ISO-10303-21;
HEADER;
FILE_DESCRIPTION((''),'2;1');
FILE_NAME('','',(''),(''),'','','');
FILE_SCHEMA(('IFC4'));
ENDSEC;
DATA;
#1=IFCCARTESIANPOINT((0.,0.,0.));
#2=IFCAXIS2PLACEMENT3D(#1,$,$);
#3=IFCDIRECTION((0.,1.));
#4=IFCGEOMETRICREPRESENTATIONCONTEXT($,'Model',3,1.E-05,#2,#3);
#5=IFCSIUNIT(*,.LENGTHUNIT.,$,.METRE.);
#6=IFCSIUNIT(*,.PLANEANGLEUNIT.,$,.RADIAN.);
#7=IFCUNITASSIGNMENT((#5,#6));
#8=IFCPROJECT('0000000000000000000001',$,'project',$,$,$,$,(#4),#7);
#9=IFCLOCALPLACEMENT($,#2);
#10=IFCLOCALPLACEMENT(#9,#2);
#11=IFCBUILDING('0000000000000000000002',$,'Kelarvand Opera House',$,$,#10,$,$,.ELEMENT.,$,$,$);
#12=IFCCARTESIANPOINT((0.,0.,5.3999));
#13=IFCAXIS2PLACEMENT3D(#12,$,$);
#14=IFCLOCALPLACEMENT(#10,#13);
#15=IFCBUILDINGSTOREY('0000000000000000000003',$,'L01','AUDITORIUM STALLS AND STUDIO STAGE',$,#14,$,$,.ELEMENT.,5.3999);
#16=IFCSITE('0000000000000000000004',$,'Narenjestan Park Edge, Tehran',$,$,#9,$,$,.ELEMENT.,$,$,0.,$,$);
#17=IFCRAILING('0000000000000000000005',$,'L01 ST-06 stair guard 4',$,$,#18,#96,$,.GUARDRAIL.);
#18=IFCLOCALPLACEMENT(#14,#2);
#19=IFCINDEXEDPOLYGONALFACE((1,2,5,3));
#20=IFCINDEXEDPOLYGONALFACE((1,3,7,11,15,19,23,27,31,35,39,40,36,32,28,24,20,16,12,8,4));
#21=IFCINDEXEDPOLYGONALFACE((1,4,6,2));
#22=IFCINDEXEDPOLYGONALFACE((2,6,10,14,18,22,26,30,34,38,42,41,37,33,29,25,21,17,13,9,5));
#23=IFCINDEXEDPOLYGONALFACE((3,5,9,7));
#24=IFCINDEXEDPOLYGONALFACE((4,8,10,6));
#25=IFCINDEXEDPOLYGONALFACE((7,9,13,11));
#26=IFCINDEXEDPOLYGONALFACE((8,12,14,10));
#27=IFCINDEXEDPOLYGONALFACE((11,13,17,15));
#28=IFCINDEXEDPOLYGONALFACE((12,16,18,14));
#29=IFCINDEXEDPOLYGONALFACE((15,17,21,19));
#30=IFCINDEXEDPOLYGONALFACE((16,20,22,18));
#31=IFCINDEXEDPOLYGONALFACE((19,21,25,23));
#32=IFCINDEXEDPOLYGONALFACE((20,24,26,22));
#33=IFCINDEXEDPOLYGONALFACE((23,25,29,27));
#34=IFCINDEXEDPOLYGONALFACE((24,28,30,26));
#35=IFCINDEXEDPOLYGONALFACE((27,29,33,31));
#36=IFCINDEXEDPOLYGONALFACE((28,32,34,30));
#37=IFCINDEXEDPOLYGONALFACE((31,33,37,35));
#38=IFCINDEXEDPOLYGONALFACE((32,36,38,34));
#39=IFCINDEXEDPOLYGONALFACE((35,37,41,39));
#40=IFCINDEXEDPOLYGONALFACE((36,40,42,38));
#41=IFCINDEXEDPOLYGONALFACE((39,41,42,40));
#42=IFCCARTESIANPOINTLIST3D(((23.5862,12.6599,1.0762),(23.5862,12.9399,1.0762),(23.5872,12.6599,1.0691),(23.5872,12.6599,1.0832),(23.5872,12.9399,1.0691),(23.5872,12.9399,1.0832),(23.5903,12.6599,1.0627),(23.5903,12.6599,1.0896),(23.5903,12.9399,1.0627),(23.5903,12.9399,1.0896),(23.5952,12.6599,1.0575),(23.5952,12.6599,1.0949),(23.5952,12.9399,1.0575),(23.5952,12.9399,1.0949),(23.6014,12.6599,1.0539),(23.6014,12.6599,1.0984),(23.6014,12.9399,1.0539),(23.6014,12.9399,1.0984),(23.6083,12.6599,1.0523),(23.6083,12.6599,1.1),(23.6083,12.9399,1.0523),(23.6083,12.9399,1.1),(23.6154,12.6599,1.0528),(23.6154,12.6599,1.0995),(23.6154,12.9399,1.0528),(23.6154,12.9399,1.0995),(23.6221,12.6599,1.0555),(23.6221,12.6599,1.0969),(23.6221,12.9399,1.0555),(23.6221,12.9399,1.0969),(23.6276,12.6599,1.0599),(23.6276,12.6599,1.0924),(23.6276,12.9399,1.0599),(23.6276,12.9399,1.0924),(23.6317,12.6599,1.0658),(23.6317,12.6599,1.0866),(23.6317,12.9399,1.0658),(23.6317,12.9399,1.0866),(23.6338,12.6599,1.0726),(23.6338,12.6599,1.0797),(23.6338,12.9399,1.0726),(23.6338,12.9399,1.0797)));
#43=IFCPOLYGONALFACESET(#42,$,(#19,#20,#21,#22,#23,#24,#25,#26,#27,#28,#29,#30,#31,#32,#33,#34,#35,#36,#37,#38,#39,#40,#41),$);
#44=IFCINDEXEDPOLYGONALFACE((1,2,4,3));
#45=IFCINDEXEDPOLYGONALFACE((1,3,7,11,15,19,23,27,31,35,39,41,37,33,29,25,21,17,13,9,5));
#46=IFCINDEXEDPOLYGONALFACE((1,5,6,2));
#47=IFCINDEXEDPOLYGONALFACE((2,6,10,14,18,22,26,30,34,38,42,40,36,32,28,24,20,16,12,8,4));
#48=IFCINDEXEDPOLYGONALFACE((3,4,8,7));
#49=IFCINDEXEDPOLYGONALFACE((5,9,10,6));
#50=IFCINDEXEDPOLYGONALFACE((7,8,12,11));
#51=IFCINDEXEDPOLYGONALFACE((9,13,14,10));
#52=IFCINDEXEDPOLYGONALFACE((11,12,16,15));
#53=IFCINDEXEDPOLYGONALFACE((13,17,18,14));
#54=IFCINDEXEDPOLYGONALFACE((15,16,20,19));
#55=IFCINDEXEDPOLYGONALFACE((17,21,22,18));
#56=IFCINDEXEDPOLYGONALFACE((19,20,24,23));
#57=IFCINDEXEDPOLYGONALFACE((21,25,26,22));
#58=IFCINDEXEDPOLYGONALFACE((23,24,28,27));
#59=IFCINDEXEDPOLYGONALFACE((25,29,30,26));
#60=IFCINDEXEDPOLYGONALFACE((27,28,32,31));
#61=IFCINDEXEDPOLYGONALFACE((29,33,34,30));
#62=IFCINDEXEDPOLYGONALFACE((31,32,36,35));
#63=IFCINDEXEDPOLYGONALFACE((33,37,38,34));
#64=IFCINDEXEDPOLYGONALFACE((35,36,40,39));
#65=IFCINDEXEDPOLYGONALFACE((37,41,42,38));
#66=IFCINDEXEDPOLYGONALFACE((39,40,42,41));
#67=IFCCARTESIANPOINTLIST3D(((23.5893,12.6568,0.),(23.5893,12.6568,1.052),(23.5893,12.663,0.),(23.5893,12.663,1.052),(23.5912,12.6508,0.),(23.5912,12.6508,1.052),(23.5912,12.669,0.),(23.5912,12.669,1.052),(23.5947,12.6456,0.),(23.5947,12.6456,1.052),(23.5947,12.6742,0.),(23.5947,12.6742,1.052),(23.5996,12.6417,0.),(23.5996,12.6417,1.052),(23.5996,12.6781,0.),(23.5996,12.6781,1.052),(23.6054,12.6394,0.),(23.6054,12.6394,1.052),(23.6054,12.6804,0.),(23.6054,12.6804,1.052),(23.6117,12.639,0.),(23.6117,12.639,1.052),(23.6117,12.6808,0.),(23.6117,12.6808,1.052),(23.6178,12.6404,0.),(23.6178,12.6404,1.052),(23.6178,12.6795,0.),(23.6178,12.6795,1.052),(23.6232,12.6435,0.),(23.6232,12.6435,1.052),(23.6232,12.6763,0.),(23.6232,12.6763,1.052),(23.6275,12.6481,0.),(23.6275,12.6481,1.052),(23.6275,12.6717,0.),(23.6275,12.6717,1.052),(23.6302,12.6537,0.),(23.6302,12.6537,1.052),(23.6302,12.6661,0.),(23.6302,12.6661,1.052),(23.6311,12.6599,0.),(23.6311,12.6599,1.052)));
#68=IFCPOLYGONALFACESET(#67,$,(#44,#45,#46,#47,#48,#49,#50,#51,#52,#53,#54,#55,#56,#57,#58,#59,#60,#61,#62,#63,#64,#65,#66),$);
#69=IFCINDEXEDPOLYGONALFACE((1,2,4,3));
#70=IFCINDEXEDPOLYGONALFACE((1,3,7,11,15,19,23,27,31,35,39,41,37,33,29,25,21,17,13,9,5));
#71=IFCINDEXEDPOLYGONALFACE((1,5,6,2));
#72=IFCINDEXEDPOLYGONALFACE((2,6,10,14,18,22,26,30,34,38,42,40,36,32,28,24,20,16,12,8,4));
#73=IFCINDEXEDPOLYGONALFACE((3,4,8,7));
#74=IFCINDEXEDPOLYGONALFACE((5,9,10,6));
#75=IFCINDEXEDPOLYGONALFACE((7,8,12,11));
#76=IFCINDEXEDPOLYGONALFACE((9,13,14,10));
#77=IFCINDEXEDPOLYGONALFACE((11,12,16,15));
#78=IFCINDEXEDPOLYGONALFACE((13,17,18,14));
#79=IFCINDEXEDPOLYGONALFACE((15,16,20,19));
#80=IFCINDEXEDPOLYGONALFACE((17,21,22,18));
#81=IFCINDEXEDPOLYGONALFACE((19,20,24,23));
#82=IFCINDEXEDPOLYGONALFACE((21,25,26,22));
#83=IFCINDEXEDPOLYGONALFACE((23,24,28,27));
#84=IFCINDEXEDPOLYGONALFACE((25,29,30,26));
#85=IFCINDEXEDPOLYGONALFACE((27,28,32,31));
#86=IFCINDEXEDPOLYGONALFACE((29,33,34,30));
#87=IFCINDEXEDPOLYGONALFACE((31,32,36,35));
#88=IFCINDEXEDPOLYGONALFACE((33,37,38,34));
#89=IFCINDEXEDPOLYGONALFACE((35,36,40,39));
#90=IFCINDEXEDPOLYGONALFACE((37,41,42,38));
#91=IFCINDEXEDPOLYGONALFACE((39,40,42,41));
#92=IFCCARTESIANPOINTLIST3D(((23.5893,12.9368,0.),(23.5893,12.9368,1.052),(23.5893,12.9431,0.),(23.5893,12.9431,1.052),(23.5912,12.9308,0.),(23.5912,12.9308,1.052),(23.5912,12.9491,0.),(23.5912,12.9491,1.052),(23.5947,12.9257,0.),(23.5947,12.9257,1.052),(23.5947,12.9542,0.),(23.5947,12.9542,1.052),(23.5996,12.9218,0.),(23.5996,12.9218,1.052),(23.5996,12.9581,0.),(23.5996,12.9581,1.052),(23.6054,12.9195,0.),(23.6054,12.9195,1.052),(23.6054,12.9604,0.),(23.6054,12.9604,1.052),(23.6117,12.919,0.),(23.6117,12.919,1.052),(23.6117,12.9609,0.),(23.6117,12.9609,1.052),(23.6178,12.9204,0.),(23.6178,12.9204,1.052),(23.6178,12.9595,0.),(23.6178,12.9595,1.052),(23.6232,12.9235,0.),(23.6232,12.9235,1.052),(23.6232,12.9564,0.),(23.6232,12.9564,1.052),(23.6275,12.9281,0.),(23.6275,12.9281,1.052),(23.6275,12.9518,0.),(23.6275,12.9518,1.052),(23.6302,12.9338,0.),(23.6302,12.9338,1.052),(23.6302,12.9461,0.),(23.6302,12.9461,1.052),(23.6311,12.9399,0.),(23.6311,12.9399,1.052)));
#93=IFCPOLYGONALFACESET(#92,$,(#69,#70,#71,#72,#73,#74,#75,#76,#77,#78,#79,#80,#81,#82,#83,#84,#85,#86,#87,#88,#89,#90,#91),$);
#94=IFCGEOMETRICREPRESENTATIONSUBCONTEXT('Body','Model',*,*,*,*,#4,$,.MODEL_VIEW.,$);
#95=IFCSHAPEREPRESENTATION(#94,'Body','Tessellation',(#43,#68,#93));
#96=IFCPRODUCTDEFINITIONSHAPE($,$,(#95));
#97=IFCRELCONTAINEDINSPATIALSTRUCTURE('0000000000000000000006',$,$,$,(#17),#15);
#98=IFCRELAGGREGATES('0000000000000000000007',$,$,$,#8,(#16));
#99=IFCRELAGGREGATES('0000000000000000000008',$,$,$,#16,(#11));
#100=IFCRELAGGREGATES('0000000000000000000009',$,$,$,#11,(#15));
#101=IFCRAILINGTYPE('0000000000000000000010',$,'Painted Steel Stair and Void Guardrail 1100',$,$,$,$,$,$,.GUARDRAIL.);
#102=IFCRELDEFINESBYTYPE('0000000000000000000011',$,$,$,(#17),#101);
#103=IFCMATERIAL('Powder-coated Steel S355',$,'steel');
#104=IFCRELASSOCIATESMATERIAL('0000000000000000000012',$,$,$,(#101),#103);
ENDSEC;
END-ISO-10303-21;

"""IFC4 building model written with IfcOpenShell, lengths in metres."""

from ifc_helpers import new_model, si_unit, direction, frame, origin, origin_2d, place, context, subcontext, project, spatial, circle, extrude, material, type_object, element, save


model = new_model("IFC4")

# Units and contexts
model_context = context("Model", 3, precision=1e-05, world=origin(), true_north=direction((0.0, 1.0)))
body_context = subcontext(model_context, "Body", "Model", "MODEL_VIEW")
ifc_project = project(units=[si_unit("LENGTHUNIT", "METRE"), si_unit("PLANEANGLEUNIT", "RADIAN")], contexts=[model_context])

# Site, building, storey
site_placement = place(None, origin())
site = spatial("IfcSite", under=ifc_project, at=site_placement, Name="Narenjestan Park Edge, Tehran", CompositionType="ELEMENT", RefElevation=0.0)
building_placement = place(site_placement, origin())
building = spatial("IfcBuilding", under=site, at=building_placement, Name="Kelarvand Opera House", CompositionType="ELEMENT")
storey_placement = place(building_placement, frame((0.0, 0.0, 5.3999)))
storey = spatial("IfcBuildingStorey", under=building, at=storey_placement, Name="L01", Description="AUDITORIUM STALLS AND STUDIO STAGE", CompositionType="ELEMENT", Elevation=5.3999)

# Railing
ifc_material_1 = material(Name="Powder-coated Steel S355", Category="steel")
railing_type_1 = type_object("IfcRailingType", Name="Painted Steel Stair and Void Guardrail 1100", PredefinedType="GUARDRAIL", material=ifc_material_1)
railing_1_placement = place(storey_placement, frame((23.6101, 12.6599, 0.0)))
element("IfcRailing", 1, at=railing_1_placement, inside=storey, type_object=railing_type_1, Name="L01 ST-06 stair guard 4", PredefinedType="GUARDRAIL", context=body_context, shape_type="SweptSolid", body=[
    extrude(circle(Radius=0.0239, at=origin_2d()), frame((0.0, 0.0, 1.0762), z_axis=(0.0, 1.0, 0.0), x_axis=(-1.0, 0.0, 0.0)), (0.0, 0.0, 1.0), 0.28),
    extrude(circle(Radius=0.021, at=origin_2d()), origin(), (0.0, 0.0, 1.0), 1.052),
    extrude(circle(Radius=0.021, at=origin_2d()), frame((0.0, 0.28, 0.0)), (0.0, 0.0, 1.0), 1.052),
])

save(model, "model.ifc")
